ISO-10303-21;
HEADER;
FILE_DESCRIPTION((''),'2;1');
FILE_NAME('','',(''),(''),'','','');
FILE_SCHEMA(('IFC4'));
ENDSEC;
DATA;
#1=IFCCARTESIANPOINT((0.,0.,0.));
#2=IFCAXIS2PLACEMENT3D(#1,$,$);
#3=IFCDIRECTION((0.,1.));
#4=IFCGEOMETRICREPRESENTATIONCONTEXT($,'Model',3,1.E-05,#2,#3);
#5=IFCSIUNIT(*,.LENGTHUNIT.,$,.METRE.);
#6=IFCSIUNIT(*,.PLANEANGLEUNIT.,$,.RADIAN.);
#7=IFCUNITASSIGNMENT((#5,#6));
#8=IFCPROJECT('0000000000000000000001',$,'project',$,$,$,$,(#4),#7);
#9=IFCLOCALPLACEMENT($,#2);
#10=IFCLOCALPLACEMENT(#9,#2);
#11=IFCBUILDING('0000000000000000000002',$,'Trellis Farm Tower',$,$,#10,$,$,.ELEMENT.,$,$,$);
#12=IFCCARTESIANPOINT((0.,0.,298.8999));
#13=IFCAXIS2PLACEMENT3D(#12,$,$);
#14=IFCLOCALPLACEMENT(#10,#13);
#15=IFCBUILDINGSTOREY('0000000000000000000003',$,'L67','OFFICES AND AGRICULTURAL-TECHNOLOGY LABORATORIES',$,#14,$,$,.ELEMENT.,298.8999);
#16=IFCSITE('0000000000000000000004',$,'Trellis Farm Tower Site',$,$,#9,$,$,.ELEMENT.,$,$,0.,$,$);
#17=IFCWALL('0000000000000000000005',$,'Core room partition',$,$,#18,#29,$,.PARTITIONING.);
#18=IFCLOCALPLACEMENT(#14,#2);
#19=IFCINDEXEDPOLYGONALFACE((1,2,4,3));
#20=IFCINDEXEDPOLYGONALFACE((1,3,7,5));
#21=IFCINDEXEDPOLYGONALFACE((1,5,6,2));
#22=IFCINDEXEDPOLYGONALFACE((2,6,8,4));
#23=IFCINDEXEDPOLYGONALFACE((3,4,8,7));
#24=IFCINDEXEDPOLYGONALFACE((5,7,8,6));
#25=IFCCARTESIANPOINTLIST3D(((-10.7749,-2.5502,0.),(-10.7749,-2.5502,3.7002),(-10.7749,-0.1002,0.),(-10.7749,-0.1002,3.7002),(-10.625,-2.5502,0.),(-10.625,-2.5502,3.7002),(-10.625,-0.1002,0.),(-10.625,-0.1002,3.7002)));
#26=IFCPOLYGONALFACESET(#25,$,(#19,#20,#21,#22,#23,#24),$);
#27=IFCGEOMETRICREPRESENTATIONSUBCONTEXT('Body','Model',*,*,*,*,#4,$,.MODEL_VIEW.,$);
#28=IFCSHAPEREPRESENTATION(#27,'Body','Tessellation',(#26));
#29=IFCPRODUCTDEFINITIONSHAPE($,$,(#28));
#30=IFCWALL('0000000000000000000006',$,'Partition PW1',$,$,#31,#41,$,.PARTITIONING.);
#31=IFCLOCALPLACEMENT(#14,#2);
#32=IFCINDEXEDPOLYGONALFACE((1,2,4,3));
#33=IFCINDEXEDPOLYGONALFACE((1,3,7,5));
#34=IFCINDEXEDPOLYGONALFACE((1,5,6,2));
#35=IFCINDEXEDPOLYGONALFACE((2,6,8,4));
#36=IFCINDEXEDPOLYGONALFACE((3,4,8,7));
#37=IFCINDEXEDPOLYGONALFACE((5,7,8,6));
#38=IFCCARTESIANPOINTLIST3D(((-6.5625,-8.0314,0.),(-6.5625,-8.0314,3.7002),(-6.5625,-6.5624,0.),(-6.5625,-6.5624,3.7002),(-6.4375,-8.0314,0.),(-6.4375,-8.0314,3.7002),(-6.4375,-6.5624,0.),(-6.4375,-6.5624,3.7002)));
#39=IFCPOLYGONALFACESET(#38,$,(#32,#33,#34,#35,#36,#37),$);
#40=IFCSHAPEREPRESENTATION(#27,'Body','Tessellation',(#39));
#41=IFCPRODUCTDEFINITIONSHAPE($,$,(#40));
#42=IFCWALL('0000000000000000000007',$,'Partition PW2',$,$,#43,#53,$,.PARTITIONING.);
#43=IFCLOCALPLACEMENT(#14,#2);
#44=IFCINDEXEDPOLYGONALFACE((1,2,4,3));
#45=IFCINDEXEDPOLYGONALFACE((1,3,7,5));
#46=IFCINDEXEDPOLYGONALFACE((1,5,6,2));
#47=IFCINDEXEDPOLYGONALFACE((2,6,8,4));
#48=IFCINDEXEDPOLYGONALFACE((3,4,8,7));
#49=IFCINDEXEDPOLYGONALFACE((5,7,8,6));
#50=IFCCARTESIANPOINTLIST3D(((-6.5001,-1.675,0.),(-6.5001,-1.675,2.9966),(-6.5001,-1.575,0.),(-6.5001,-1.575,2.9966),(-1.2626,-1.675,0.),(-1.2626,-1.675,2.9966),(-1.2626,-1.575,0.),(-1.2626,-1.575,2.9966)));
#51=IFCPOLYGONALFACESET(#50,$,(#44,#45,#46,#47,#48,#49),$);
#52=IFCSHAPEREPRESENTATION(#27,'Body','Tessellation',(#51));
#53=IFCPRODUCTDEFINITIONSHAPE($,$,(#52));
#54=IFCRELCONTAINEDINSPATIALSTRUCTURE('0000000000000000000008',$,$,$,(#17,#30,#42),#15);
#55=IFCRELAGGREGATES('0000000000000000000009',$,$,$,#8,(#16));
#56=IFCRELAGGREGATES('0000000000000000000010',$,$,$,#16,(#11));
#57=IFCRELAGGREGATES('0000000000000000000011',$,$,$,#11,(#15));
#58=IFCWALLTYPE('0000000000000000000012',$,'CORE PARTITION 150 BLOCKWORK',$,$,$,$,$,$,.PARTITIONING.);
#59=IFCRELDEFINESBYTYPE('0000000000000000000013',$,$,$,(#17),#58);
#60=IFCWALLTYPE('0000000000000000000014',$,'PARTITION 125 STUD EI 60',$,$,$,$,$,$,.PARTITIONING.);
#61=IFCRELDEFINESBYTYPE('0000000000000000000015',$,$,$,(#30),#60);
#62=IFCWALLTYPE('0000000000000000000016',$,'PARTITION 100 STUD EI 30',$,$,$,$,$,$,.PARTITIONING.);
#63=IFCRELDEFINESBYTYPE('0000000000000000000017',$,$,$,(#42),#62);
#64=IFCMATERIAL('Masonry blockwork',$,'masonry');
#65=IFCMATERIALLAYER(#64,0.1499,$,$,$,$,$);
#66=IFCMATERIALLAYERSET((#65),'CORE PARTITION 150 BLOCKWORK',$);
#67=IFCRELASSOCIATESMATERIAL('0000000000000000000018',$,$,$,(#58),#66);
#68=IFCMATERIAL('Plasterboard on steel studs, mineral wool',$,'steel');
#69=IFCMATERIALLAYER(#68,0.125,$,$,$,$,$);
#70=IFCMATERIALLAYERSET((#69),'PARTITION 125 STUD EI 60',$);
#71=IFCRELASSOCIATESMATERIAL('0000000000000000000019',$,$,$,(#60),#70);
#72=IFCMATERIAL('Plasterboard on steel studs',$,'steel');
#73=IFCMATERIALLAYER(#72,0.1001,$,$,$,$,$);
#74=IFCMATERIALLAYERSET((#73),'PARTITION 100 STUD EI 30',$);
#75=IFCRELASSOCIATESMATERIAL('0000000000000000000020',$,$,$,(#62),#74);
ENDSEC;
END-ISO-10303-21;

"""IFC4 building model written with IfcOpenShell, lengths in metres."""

from ifc_helpers import new_model, si_unit, direction, frame, frame_2d, origin, place, context, subcontext, project, spatial, rectangle, extrude, source, transform, mapped, material, layer, layer_set, type_object, element, save


model = new_model("IFC4")

# Units and contexts
model_context = context("Model", 3, precision=1e-05, world=origin(), true_north=direction((0.0, 1.0)))
body_context = subcontext(model_context, "Body", "Model", "MODEL_VIEW")
ifc_project = project(units=[si_unit("LENGTHUNIT", "METRE"), si_unit("PLANEANGLEUNIT", "RADIAN")], contexts=[model_context])

# Site, building, storey
site_placement = place(None, origin())
site = spatial("IfcSite", under=ifc_project, at=site_placement, Name="Trellis Farm Tower Site", CompositionType="ELEMENT", RefElevation=0.0)
building_placement = place(site_placement, origin())
building = spatial("IfcBuilding", under=site, at=building_placement, Name="Trellis Farm Tower", CompositionType="ELEMENT")
storey_placement = place(building_placement, frame((0.0, 0.0, 298.8999)))
storey = spatial("IfcBuildingStorey", under=building, at=storey_placement, Name="L67", Description="OFFICES AND AGRICULTURAL-TECHNOLOGY LABORATORIES", CompositionType="ELEMENT", Elevation=298.8999)

# Wall
ifc_material_1 = material(Name="Masonry blockwork", Category="masonry")
ifc_layer_1 = layer(ifc_material_1, 0.1499)
ifc_layer_set_1 = layer_set([ifc_layer_1], Name="CORE PARTITION 150 BLOCKWORK")
wall_type_1 = type_object("IfcWallType", Name="CORE PARTITION 150 BLOCKWORK", PredefinedType="PARTITIONING", material=ifc_layer_set_1)
shared_shape_1 = source(origin(), body_context, "Body", "SweptSolid", [
    extrude(rectangle(XDim=2.45, YDim=0.1499, at=frame_2d((1.2251, 0.0))), origin(), (0.0, 0.0, 1.0), 3.7002),
])
for number, where, z_axis, x_axis, name in (
    (1, (-10.7, -0.1001, 0.0), (0.0, 0.0, 1.0), (0.0, -1.0, 0.0), "Core room partition"),
):
    element("IfcWall", number, at=place(storey_placement, frame(where, z_axis=z_axis, x_axis=x_axis)), inside=storey, type_object=wall_type_1, Name=name, PredefinedType="PARTITIONING", context=body_context, shape_type="MappedRepresentation", body=[
        mapped(shared_shape_1, transform((0.0, 0.0, 0.0))),
    ])

# Walls
ifc_material_2 = material(Name="Plasterboard on steel studs, mineral wool", Category="steel")
ifc_layer_2 = layer(ifc_material_2, 0.125)
ifc_layer_set_2 = layer_set([ifc_layer_2], Name="PARTITION 125 STUD EI 60")
wall_type_2 = type_object("IfcWallType", Name="PARTITION 125 STUD EI 60", PredefinedType="PARTITIONING", material=ifc_layer_set_2)
shared_shape_2 = source(origin(), body_context, "Body", "SweptSolid", [
    extrude(rectangle(XDim=1.469, YDim=0.125, at=frame_2d((0.7344, 0.0))), origin(), (0.0, 0.0, 1.0), 3.7002),
])
wall_1_placement = place(storey_placement, frame((-6.5, -6.5625, 0.0), z_axis=(0.0, 0.0, 1.0), x_axis=(0.0, -1.0, 0.0)))
element("IfcWall", 2, at=wall_1_placement, inside=storey, type_object=wall_type_2, Name="Partition PW1", PredefinedType="PARTITIONING", context=body_context, shape_type="MappedRepresentation", body=[
    mapped(shared_shape_2, transform((0.0, 0.0, 0.0))),
])
ifc_material_3 = material(Name="Plasterboard on steel studs", Category="steel")
ifc_layer_3 = layer(ifc_material_3, 0.1001)
ifc_layer_set_3 = layer_set([ifc_layer_3], Name="PARTITION 100 STUD EI 30")
wall_type_3 = type_object("IfcWallType", Name="PARTITION 100 STUD EI 30", PredefinedType="PARTITIONING", material=ifc_layer_set_3)
shared_shape_3 = source(origin(), body_context, "Body", "SweptSolid", [
    extrude(rectangle(XDim=5.2375, YDim=0.1001, at=frame_2d((2.6187, 0.0))), origin(), (0.0, 0.0, 1.0), 2.9966),
])
wall_2_placement = place(storey_placement, frame((-6.5, -1.625, 0.0), z_axis=(0.0, 0.0, 1.0), x_axis=(1.0, 0.0, 0.0)))
element("IfcWall", 3, at=wall_2_placement, inside=storey, type_object=wall_type_3, Name="Partition PW2", PredefinedType="PARTITIONING", context=body_context, shape_type="MappedRepresentation", body=[
    mapped(shared_shape_3, transform((0.0, 0.0, 0.0))),
])

save(model, "model.ifc")
